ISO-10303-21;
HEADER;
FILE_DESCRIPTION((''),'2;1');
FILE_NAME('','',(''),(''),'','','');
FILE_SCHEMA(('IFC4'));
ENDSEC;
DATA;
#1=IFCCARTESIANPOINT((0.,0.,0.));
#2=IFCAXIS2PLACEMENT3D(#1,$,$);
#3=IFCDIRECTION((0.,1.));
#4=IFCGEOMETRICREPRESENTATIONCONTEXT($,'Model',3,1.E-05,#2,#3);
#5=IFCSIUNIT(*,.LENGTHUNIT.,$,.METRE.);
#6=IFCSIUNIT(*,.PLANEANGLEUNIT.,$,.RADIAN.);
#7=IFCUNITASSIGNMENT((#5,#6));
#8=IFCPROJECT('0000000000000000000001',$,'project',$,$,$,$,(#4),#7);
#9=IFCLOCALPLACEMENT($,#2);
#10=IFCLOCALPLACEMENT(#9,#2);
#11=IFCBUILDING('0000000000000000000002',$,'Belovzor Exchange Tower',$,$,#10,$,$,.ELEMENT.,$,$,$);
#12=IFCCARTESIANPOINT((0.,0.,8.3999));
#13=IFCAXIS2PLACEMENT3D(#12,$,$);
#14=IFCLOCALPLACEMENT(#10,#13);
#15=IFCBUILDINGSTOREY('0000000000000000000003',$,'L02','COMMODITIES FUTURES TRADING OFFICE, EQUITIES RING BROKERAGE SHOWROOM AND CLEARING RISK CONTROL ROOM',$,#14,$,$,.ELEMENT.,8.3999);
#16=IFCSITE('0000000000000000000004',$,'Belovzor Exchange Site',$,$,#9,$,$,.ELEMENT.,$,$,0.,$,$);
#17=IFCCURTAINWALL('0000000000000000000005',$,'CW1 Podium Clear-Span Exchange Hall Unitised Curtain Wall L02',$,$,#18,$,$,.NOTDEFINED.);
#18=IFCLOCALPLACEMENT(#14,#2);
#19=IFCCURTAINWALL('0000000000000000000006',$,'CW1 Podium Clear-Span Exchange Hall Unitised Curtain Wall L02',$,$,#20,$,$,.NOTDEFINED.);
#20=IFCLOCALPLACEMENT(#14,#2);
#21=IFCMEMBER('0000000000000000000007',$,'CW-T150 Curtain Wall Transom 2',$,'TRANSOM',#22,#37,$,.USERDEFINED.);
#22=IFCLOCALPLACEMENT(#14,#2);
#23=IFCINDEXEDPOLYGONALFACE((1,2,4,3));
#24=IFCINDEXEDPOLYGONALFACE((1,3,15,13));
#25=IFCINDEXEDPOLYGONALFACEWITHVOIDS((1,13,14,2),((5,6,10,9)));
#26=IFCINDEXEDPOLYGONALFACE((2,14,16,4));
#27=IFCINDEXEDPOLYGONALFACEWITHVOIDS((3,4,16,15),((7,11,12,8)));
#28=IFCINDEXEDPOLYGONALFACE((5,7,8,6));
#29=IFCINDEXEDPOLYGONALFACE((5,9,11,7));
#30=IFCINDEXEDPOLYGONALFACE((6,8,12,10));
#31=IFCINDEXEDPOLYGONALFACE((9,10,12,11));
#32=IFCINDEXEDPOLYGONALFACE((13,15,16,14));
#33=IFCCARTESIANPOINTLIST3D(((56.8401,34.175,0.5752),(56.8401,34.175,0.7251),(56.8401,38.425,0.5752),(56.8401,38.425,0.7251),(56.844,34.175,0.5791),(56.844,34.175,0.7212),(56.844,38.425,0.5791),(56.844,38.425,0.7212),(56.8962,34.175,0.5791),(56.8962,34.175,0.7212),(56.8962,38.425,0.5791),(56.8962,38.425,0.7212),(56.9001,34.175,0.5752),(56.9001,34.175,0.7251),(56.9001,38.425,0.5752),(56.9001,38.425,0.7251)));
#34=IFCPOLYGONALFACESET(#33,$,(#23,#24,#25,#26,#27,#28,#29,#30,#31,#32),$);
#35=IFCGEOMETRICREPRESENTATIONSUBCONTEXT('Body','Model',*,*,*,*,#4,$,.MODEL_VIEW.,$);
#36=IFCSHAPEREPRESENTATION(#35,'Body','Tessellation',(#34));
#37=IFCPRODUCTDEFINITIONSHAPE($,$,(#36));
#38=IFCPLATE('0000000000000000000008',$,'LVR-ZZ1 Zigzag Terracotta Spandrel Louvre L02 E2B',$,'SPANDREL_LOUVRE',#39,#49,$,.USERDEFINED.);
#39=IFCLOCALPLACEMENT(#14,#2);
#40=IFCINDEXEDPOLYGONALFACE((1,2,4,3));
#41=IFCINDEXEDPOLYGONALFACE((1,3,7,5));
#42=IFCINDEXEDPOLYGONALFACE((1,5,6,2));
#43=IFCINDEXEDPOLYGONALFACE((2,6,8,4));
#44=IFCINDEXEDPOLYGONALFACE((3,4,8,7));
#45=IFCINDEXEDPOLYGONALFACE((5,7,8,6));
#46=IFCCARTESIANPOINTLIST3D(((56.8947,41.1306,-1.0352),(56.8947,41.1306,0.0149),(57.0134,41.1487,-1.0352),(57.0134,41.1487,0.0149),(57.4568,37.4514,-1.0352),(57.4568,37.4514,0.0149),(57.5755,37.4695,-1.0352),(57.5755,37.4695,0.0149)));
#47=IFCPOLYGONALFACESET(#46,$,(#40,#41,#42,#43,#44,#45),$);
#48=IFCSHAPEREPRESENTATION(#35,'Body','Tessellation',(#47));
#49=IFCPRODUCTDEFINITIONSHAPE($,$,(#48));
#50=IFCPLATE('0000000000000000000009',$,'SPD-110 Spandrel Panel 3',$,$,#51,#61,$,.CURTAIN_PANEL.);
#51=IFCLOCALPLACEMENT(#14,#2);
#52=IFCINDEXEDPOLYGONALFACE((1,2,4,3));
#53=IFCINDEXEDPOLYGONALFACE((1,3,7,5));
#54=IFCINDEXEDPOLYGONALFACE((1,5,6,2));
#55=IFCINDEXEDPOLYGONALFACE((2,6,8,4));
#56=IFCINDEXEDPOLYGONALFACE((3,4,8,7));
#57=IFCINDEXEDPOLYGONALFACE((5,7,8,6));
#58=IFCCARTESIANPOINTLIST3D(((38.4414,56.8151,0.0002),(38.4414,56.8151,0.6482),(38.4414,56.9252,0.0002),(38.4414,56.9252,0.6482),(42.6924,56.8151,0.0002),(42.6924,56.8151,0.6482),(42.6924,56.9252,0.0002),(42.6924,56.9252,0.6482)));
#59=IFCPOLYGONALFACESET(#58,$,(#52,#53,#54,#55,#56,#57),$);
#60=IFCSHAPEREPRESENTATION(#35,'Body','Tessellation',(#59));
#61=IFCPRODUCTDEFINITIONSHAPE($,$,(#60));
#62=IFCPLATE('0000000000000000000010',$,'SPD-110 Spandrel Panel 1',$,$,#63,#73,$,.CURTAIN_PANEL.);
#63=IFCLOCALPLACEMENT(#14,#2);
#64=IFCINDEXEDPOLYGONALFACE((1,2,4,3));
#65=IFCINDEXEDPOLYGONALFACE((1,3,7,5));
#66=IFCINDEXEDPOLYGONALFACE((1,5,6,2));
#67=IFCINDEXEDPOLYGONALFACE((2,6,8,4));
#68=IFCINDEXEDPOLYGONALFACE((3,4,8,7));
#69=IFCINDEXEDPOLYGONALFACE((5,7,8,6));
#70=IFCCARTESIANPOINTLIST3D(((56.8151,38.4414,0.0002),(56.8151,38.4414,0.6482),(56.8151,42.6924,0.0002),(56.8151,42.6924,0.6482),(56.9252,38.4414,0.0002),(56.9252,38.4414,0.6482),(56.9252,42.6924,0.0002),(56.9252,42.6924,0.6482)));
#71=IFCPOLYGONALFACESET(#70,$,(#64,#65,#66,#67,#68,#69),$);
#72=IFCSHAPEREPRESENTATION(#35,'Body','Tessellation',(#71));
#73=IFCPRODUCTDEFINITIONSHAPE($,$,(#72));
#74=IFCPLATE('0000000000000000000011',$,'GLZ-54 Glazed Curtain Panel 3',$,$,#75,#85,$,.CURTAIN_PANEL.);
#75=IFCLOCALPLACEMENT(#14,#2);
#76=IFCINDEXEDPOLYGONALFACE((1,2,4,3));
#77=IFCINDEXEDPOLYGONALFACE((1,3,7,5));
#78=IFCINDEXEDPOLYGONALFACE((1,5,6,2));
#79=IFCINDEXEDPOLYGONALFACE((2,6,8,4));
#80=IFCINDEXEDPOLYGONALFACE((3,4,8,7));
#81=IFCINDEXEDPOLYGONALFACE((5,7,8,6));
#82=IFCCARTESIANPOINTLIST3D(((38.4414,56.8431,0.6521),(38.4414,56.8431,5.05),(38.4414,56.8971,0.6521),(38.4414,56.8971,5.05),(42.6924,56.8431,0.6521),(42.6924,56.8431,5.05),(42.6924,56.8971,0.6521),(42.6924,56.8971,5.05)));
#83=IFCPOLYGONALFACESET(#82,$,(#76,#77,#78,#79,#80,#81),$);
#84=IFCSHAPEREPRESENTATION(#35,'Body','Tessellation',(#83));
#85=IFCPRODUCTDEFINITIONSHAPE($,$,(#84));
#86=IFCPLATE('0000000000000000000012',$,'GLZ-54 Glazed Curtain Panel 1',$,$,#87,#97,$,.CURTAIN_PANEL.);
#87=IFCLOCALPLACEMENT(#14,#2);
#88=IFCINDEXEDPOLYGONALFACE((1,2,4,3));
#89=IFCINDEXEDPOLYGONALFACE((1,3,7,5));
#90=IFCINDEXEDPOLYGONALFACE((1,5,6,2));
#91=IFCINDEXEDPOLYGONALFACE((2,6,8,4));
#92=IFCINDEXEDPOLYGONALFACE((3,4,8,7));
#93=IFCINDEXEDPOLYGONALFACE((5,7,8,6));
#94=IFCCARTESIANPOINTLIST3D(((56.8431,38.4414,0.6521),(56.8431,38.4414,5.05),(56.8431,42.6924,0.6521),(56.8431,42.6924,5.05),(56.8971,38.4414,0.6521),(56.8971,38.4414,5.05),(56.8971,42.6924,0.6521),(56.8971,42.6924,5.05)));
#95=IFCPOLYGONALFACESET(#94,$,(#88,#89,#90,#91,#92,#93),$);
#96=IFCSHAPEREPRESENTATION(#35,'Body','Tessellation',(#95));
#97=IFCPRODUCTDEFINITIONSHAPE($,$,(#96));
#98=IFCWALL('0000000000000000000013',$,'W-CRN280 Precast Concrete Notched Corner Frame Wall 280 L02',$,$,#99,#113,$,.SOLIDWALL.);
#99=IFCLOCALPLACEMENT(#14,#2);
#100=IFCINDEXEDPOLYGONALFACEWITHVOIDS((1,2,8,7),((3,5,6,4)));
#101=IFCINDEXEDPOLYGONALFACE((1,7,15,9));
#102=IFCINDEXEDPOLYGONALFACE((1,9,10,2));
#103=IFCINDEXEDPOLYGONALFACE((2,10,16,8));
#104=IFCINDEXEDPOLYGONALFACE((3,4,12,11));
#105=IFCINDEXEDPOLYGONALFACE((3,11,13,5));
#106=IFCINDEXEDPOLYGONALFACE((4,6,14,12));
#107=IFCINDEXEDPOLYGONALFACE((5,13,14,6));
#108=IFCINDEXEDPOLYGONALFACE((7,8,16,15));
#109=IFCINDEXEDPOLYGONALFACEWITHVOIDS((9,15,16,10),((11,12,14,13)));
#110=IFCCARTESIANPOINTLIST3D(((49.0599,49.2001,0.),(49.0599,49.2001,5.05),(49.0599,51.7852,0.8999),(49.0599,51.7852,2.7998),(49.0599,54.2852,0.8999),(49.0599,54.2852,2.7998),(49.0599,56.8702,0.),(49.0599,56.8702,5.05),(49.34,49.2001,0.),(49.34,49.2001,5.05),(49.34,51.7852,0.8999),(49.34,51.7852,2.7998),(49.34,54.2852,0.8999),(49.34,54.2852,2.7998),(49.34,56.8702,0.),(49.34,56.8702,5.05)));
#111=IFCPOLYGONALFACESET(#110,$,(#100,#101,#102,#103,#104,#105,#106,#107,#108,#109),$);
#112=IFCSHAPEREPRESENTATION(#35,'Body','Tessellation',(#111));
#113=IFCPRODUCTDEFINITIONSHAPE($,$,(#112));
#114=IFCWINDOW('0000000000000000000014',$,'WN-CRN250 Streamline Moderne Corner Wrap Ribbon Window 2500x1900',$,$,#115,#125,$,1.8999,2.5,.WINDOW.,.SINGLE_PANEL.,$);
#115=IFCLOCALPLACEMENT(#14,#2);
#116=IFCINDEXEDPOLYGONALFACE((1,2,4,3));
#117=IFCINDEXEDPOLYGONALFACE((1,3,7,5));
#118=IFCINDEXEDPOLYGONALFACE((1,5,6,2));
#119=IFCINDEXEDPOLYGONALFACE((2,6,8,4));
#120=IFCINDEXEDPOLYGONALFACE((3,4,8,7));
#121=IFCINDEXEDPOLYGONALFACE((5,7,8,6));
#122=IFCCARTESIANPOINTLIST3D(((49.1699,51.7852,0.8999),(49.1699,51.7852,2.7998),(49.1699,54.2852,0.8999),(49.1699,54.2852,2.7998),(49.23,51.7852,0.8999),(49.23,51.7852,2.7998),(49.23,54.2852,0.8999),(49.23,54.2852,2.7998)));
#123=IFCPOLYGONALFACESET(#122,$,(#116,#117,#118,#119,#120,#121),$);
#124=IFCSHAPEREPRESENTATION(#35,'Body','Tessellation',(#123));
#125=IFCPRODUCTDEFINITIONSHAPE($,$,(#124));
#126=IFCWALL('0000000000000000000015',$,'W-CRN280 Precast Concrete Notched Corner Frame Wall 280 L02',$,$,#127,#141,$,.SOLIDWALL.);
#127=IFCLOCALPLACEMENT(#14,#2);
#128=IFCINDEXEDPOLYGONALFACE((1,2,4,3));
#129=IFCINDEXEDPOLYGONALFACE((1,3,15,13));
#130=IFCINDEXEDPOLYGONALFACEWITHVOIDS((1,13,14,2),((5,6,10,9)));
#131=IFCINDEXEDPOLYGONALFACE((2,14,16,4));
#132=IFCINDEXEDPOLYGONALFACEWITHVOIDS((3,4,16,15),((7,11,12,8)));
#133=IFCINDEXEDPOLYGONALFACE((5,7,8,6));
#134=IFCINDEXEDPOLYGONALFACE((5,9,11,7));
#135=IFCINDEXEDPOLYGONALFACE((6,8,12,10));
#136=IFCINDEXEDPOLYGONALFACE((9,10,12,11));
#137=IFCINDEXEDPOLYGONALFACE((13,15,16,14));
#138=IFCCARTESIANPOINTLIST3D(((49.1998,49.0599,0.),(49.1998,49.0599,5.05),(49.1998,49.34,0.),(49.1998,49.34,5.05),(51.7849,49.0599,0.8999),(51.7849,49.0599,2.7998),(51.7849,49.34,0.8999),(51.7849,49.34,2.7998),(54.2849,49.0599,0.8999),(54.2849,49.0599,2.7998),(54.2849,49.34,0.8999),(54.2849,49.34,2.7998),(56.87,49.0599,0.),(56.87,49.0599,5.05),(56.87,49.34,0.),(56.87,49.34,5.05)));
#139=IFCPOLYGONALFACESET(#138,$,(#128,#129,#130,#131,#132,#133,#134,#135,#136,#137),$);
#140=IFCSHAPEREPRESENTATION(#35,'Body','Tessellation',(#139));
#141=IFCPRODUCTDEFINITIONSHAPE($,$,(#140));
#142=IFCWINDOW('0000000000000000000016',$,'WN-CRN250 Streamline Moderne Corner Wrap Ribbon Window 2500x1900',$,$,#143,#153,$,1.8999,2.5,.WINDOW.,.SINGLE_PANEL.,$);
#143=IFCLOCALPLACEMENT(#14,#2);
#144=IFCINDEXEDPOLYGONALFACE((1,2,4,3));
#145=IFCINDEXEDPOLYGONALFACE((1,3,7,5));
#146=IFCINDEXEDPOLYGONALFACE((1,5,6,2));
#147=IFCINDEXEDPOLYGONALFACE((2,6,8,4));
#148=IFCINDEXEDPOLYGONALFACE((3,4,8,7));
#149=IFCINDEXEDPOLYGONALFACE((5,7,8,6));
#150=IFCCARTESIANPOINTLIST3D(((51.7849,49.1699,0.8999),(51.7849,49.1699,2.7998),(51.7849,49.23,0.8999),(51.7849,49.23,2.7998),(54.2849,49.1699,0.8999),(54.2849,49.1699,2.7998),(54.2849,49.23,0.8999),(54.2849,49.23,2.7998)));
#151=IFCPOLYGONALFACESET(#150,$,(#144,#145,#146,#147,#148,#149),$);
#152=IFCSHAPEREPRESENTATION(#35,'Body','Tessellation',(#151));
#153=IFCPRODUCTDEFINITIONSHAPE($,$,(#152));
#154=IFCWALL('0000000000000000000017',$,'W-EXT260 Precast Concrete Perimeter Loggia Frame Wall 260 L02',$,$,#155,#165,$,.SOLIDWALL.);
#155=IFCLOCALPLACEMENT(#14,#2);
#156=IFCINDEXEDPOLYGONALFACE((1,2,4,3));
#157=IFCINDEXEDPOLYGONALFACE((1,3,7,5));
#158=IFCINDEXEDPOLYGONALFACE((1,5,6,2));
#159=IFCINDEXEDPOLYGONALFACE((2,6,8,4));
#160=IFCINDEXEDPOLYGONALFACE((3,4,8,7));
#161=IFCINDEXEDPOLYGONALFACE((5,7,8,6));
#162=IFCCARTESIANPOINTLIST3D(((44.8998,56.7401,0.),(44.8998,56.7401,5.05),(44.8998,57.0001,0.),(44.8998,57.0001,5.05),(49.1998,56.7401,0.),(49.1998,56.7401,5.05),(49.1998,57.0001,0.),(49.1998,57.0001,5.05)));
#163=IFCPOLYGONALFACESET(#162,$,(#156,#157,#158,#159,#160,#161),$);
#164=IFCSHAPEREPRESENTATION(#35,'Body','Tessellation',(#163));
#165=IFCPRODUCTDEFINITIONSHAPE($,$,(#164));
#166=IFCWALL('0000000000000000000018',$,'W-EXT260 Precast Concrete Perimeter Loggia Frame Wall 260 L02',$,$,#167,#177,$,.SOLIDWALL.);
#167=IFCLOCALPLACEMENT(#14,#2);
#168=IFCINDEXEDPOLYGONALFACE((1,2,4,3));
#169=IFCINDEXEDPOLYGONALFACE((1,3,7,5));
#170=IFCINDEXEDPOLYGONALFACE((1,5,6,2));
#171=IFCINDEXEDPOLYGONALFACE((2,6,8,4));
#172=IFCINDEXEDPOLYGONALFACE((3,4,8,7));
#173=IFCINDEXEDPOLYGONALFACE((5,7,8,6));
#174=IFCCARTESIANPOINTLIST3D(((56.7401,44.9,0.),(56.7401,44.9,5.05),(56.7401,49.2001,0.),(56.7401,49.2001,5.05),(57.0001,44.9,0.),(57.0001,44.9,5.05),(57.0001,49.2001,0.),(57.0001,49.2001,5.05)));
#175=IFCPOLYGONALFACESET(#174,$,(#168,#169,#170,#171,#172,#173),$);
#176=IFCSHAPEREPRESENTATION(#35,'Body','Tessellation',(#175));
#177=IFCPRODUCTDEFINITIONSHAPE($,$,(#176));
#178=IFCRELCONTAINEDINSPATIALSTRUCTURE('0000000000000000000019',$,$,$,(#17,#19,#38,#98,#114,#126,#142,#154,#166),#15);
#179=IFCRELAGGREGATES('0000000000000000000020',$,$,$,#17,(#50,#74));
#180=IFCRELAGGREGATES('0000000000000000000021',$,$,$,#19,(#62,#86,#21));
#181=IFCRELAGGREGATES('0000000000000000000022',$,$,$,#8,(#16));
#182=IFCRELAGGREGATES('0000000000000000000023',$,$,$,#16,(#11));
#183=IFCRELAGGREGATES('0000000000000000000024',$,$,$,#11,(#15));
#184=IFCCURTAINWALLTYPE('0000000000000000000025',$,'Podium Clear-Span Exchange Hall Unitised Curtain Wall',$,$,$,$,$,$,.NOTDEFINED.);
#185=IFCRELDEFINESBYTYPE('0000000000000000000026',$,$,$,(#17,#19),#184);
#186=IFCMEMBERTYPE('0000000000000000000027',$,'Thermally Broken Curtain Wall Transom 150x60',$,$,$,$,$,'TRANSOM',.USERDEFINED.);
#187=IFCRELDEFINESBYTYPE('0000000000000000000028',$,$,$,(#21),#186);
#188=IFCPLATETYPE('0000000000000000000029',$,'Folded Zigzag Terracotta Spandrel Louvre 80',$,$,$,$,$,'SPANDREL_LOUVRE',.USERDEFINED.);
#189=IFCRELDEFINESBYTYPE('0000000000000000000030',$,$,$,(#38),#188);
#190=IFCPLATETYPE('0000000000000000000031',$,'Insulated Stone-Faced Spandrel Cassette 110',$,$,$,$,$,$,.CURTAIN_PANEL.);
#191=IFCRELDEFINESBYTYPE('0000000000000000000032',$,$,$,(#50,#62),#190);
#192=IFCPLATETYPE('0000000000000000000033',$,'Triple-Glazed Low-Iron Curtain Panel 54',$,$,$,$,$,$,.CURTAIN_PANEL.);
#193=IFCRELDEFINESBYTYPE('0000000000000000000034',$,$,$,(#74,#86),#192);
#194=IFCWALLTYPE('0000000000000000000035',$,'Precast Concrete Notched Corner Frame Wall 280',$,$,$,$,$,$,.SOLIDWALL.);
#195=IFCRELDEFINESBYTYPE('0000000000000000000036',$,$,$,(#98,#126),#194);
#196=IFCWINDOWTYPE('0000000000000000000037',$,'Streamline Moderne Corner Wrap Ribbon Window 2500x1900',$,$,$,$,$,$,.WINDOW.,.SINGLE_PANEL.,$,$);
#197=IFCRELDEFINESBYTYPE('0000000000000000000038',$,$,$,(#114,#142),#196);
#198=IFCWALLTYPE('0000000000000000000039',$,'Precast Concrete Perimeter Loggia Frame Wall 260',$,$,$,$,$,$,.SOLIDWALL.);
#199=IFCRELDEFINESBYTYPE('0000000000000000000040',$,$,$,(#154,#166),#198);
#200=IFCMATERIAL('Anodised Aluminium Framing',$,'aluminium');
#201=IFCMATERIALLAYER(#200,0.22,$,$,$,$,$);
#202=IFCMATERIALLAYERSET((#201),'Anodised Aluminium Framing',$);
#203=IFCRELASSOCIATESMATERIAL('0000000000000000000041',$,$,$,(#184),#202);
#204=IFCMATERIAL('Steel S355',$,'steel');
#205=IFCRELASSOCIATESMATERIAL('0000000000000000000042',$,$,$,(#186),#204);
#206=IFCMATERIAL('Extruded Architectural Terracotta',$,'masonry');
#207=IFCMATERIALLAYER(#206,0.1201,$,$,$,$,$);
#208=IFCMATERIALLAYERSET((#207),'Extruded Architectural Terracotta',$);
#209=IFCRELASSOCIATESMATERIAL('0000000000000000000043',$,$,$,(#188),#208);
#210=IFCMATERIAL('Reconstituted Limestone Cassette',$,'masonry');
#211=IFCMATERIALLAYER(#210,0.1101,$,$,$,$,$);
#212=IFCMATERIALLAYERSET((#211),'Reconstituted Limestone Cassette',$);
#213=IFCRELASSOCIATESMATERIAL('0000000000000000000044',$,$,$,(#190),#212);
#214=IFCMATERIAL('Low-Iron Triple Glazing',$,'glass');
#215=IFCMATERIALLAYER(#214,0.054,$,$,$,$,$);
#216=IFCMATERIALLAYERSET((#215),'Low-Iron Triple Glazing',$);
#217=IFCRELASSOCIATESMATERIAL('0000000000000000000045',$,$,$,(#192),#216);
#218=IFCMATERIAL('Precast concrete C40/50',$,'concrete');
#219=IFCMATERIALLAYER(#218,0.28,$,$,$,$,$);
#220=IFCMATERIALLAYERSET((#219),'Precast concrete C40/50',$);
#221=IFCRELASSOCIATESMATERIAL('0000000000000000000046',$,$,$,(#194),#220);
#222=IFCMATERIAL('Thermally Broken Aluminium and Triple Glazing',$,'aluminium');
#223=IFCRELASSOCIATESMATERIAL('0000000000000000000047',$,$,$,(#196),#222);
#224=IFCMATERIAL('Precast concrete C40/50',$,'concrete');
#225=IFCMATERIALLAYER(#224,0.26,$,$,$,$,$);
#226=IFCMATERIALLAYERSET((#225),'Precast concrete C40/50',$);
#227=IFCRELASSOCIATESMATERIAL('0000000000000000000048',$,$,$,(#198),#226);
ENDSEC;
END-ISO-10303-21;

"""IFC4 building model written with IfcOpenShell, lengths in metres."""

from ifc_helpers import new_model, si_unit, direction, frame, frame_2d, origin, origin_2d, place, context, subcontext, project, spatial, rectangle, hollow_rectangle, extrude, material, layer, layer_set, material_profile, profile_set, type_object, element, fill, aggregate, save


model = new_model("IFC4")

# Units and contexts
model_context = context("Model", 3, precision=1e-05, world=origin(), true_north=direction((0.0, 1.0)))
body_context = subcontext(model_context, "Body", "Model", "MODEL_VIEW")
ifc_project = project(units=[si_unit("LENGTHUNIT", "METRE"), si_unit("PLANEANGLEUNIT", "RADIAN")], contexts=[model_context])

# Site, building, storey
site_placement = place(None, origin())
site = spatial("IfcSite", under=ifc_project, at=site_placement, Name="Belovzor Exchange Site", CompositionType="ELEMENT", RefElevation=0.0)
building_placement = place(site_placement, origin())
building = spatial("IfcBuilding", under=site, at=building_placement, Name="Belovzor Exchange Tower", CompositionType="ELEMENT")
storey_placement = place(building_placement, frame((0.0, 0.0, 8.3999)))
storey = spatial("IfcBuildingStorey", under=building, at=storey_placement, Name="L02", Description="COMMODITIES FUTURES TRADING OFFICE, EQUITIES RING BROKERAGE SHOWROOM AND CLEARING RISK CONTROL ROOM", CompositionType="ELEMENT", Elevation=8.3999)

# Curtain wall
ifc_material_1 = material(Name="Anodised Aluminium Framing", Category="aluminium")
ifc_layer_1 = layer(ifc_material_1, 0.22)
ifc_layer_set_1 = layer_set([ifc_layer_1], Name="Anodised Aluminium Framing")
curtain_wall_type = type_object("IfcCurtainWallType", Name="Podium Clear-Span Exchange Hall Unitised Curtain Wall", PredefinedType="NOTDEFINED", material=ifc_layer_set_1)
curtain_wall_1_placement = place(storey_placement, origin())
curtain_wall_1 = element("IfcCurtainWall", 1, at=curtain_wall_1_placement, inside=storey, type_object=curtain_wall_type, Name="CW1 Podium Clear-Span Exchange Hall Unitised Curtain Wall L02", PredefinedType="NOTDEFINED")

# Curtain wall, member
curtain_wall_2_placement = place(storey_placement, origin())
curtain_wall_2 = element("IfcCurtainWall", 2, at=curtain_wall_2_placement, inside=storey, type_object=curtain_wall_type, Name="CW1 Podium Clear-Span Exchange Hall Unitised Curtain Wall L02", PredefinedType="NOTDEFINED")
ifc_material_2 = material(Name="Steel S355", Category="steel")
ifc_material_profile_1 = material_profile(ifc_material_2, hollow_rectangle(XDim=0.0601, YDim=0.1499, WallThickness=0.0039, at=origin_2d()))
ifc_profile_set_1 = profile_set([ifc_material_profile_1], Name="Steel S355")
member_type_1 = type_object("IfcMemberType", Name="Thermally Broken Curtain Wall Transom 150x60", ElementType="TRANSOM", PredefinedType="USERDEFINED", material=ifc_profile_set_1)
member_1_placement = place(storey_placement, frame((56.8701, 38.425, 0.6501), z_axis=(0.0, -1.0, 0.0), x_axis=(1.0, 0.0, 0.0)))
member_1 = element("IfcMember", 3, at=member_1_placement, type_object=member_type_1, Name="CW-T150 Curtain Wall Transom 2", ObjectType="TRANSOM", PredefinedType="USERDEFINED", context=body_context, shape_type="SweptSolid", body=[
    extrude(hollow_rectangle(XDim=0.0601, YDim=0.1499, WallThickness=0.0039, at=origin_2d()), origin(), (0.0, 0.0, 1.0), 4.25),
])

# Plates
ifc_material_3 = material(Name="Extruded Architectural Terracotta", Category="masonry")
ifc_layer_2 = layer(ifc_material_3, 0.1201)
ifc_layer_set_2 = layer_set([ifc_layer_2], Name="Extruded Architectural Terracotta")
plate_type_1 = type_object("IfcPlateType", Name="Folded Zigzag Terracotta Spandrel Louvre 80", ElementType="SPANDREL_LOUVRE", PredefinedType="USERDEFINED", material=ifc_layer_set_2)
plate_1_placement = place(storey_placement, frame((57.2351, 39.3, -1.0352), z_axis=(0.0, 0.0, 1.0), x_axis=(-0.151019, 0.988531, 0.0)))
element("IfcPlate", 4, at=plate_1_placement, inside=storey, type_object=plate_type_1, Name="LVR-ZZ1 Zigzag Terracotta Spandrel Louvre L02 E2B", ObjectType="SPANDREL_LOUVRE", PredefinedType="USERDEFINED", context=body_context, shape_type="SweptSolid", body=[
    extrude(rectangle(XDim=3.7219, YDim=0.1201, at=origin_2d()), origin(), (0.0, 0.0, 1.0), 1.05),
])
ifc_material_4 = material(Name="Reconstituted Limestone Cassette", Category="masonry")
ifc_layer_3 = layer(ifc_material_4, 0.1101)
ifc_layer_set_3 = layer_set([ifc_layer_3], Name="Reconstituted Limestone Cassette")
plate_type_2 = type_object("IfcPlateType", Name="Insulated Stone-Faced Spandrel Cassette 110", PredefinedType="CURTAIN_PANEL", material=ifc_layer_set_3)
plate_2_placement = place(storey_placement, frame((40.5669, 56.8701, 0.0002), z_axis=(0.0, 0.0, 1.0), x_axis=(1.0, 0.0, 0.0)))
plate_2 = element("IfcPlate", 5, at=plate_2_placement, type_object=plate_type_2, Name="SPD-110 Spandrel Panel 3", PredefinedType="CURTAIN_PANEL", context=body_context, shape_type="SweptSolid", body=[
    extrude(rectangle(XDim=4.251, YDim=0.1101, at=origin_2d()), origin(), (0.0, 0.0, 1.0), 0.6479),
])
plate_3_placement = place(storey_placement, frame((56.8701, 40.5669, 0.0002), z_axis=(0.0, 0.0, 1.0), x_axis=(0.0, -1.0, 0.0)))
plate_3 = element("IfcPlate", 6, at=plate_3_placement, type_object=plate_type_2, Name="SPD-110 Spandrel Panel 1", PredefinedType="CURTAIN_PANEL", context=body_context, shape_type="SweptSolid", body=[
    extrude(rectangle(XDim=4.251, YDim=0.1101, at=origin_2d()), origin(), (0.0, 0.0, 1.0), 0.6479),
])
ifc_material_5 = material(Name="Low-Iron Triple Glazing", Category="glass")
ifc_layer_4 = layer(ifc_material_5, 0.054)
ifc_layer_set_4 = layer_set([ifc_layer_4], Name="Low-Iron Triple Glazing")
plate_type_3 = type_object("IfcPlateType", Name="Triple-Glazed Low-Iron Curtain Panel 54", PredefinedType="CURTAIN_PANEL", material=ifc_layer_set_4)
plate_4_placement = place(storey_placement, frame((40.5669, 56.8701, 0.6521), z_axis=(0.0, 0.0, 1.0), x_axis=(1.0, 0.0, 0.0)))
plate_4 = element("IfcPlate", 7, at=plate_4_placement, type_object=plate_type_3, Name="GLZ-54 Glazed Curtain Panel 3", PredefinedType="CURTAIN_PANEL", context=body_context, shape_type="SweptSolid", body=[
    extrude(rectangle(XDim=4.251, YDim=0.054, at=origin_2d()), origin(), (0.0, 0.0, 1.0), 4.3979),
])
aggregate(curtain_wall_1, [plate_2, plate_4])
plate_5_placement = place(storey_placement, frame((56.8701, 40.5669, 0.6521), z_axis=(0.0, 0.0, 1.0), x_axis=(0.0, -1.0, 0.0)))
plate_5 = element("IfcPlate", 8, at=plate_5_placement, type_object=plate_type_3, Name="GLZ-54 Glazed Curtain Panel 1", PredefinedType="CURTAIN_PANEL", context=body_context, shape_type="SweptSolid", body=[
    extrude(rectangle(XDim=4.251, YDim=0.054, at=origin_2d()), origin(), (0.0, 0.0, 1.0), 4.3979),
])
aggregate(curtain_wall_2, [plate_3, plate_5, member_1])

# Walls, openings, windows
ifc_material_6 = material(Name="Precast concrete C40/50", Category="concrete")
ifc_layer_5 = layer(ifc_material_6, 0.28)
ifc_layer_set_5 = layer_set([ifc_layer_5], Name="Precast concrete C40/50")
wall_type_1 = type_object("IfcWallType", Name="Precast Concrete Notched Corner Frame Wall 280", PredefinedType="SOLIDWALL", material=ifc_layer_set_5)
wall_1_placement = place(storey_placement, frame((49.2, 56.8701, 0.0), z_axis=(0.0, 0.0, 1.0), x_axis=(0.0, -1.0, 0.0)))
wall_1 = element("IfcWall", 9, at=wall_1_placement, inside=storey, type_object=wall_type_1, Name="W-CRN280 Precast Concrete Notched Corner Frame Wall 280 L02", PredefinedType="SOLIDWALL", context=body_context, shape_type="SweptSolid", body=[
    extrude(rectangle(XDim=7.6702, YDim=0.28, at=frame_2d((3.835, 0.0))), origin(), (0.0, 0.0, 1.0), 5.05),
])
opening_1_placement = place(wall_1_placement, frame((2.585, 0.0, 0.8999)))
opening_1 = element("IfcOpeningElement", 10, at=opening_1_placement, cuts=wall_1, PredefinedType="OPENING", context=body_context, shape_type="SweptSolid", body=[
    extrude(rectangle(XDim=2.5, YDim=1.8999, at=frame_2d((1.25, 0.95))), frame((0.0, 0.1499, 0.0), z_axis=(0.0, -1.0, 0.0), x_axis=(1.0, 0.0, 0.0)), (0.0, 0.0, 1.0), 0.3),
])
ifc_material_7 = material(Name="Thermally Broken Aluminium and Triple Glazing", Category="aluminium")
window_type = type_object("IfcWindowType", Name="Streamline Moderne Corner Wrap Ribbon Window 2500x1900", PartitioningType="SINGLE_PANEL", PredefinedType="WINDOW", material=ifc_material_7)
window_1_placement = place(opening_1_placement, origin())
window_1 = element("IfcWindow", 11, at=window_1_placement, inside=storey, type_object=window_type, Name="WN-CRN250 Streamline Moderne Corner Wrap Ribbon Window 2500x1900", OverallHeight=1.8999, OverallWidth=2.5, PartitioningType="SINGLE_PANEL", PredefinedType="WINDOW", context=body_context, shape_type="SweptSolid", body=[
    extrude(rectangle(XDim=2.5, YDim=1.8999, at=frame_2d((1.25, 0.95))), frame((0.0, 0.03, 0.0), z_axis=(0.0, -1.0, 0.0), x_axis=(1.0, 0.0, 0.0)), (0.0, 0.0, 1.0), 0.0601),
])
fill(opening_1, window_1)
wall_2_placement = place(storey_placement, frame((49.2, 49.2, 0.0), z_axis=(0.0, 0.0, 1.0), x_axis=(1.0, 0.0, 0.0)))
wall_2 = element("IfcWall", 12, at=wall_2_placement, inside=storey, type_object=wall_type_1, Name="W-CRN280 Precast Concrete Notched Corner Frame Wall 280 L02", PredefinedType="SOLIDWALL", context=body_context, shape_type="SweptSolid", body=[
    extrude(rectangle(XDim=7.6702, YDim=0.28, at=frame_2d((3.835, 0.0))), origin(), (0.0, 0.0, 1.0), 5.05),
])
opening_2_placement = place(wall_2_placement, frame((2.585, 0.0, 0.8999)))
opening_2 = element("IfcOpeningElement", 13, at=opening_2_placement, cuts=wall_2, PredefinedType="OPENING", context=body_context, shape_type="SweptSolid", body=[
    extrude(rectangle(XDim=2.5, YDim=1.8999, at=frame_2d((1.25, 0.95))), frame((0.0, 0.1499, 0.0), z_axis=(0.0, -1.0, 0.0), x_axis=(1.0, 0.0, 0.0)), (0.0, 0.0, 1.0), 0.3),
])
window_2_placement = place(opening_2_placement, origin())
window_2 = element("IfcWindow", 14, at=window_2_placement, inside=storey, type_object=window_type, Name="WN-CRN250 Streamline Moderne Corner Wrap Ribbon Window 2500x1900", OverallHeight=1.8999, OverallWidth=2.5, PartitioningType="SINGLE_PANEL", PredefinedType="WINDOW", context=body_context, shape_type="SweptSolid", body=[
    extrude(rectangle(XDim=2.5, YDim=1.8999, at=frame_2d((1.25, 0.95))), frame((0.0, 0.03, 0.0), z_axis=(0.0, -1.0, 0.0), x_axis=(1.0, 0.0, 0.0)), (0.0, 0.0, 1.0), 0.0601),
])
fill(opening_2, window_2)

# Walls
ifc_material_8 = material(Name="Precast concrete C40/50", Category="concrete")
ifc_layer_6 = layer(ifc_material_8, 0.26)
ifc_layer_set_6 = layer_set([ifc_layer_6], Name="Precast concrete C40/50")
wall_type_2 = type_object("IfcWallType", Name="Precast Concrete Perimeter Loggia Frame Wall 260", PredefinedType="SOLIDWALL", material=ifc_layer_set_6)
for number, where, z_axis, x_axis, name in (
    (15, (44.8999, 56.8701, 0.0), (0.0, 0.0, 1.0), (1.0, 0.0, 0.0), "W-EXT260 Precast Concrete Perimeter Loggia Frame Wall 260 L02"),
    (16, (56.8701, 49.2, 0.0), (0.0, 0.0, 1.0), (0.0, -1.0, 0.0), "W-EXT260 Precast Concrete Perimeter Loggia Frame Wall 260 L02"),
):
    element("IfcWall", number, at=place(storey_placement, frame(where, z_axis=z_axis, x_axis=x_axis)), inside=storey, type_object=wall_type_2, Name=name, PredefinedType="SOLIDWALL", context=body_context, shape_type="SweptSolid", body=[
        extrude(rectangle(XDim=4.3, YDim=0.26, at=frame_2d((2.1499, 0.0))), origin(), (0.0, 0.0, 1.0), 5.05),
    ])

save(model, "model.ifc")
